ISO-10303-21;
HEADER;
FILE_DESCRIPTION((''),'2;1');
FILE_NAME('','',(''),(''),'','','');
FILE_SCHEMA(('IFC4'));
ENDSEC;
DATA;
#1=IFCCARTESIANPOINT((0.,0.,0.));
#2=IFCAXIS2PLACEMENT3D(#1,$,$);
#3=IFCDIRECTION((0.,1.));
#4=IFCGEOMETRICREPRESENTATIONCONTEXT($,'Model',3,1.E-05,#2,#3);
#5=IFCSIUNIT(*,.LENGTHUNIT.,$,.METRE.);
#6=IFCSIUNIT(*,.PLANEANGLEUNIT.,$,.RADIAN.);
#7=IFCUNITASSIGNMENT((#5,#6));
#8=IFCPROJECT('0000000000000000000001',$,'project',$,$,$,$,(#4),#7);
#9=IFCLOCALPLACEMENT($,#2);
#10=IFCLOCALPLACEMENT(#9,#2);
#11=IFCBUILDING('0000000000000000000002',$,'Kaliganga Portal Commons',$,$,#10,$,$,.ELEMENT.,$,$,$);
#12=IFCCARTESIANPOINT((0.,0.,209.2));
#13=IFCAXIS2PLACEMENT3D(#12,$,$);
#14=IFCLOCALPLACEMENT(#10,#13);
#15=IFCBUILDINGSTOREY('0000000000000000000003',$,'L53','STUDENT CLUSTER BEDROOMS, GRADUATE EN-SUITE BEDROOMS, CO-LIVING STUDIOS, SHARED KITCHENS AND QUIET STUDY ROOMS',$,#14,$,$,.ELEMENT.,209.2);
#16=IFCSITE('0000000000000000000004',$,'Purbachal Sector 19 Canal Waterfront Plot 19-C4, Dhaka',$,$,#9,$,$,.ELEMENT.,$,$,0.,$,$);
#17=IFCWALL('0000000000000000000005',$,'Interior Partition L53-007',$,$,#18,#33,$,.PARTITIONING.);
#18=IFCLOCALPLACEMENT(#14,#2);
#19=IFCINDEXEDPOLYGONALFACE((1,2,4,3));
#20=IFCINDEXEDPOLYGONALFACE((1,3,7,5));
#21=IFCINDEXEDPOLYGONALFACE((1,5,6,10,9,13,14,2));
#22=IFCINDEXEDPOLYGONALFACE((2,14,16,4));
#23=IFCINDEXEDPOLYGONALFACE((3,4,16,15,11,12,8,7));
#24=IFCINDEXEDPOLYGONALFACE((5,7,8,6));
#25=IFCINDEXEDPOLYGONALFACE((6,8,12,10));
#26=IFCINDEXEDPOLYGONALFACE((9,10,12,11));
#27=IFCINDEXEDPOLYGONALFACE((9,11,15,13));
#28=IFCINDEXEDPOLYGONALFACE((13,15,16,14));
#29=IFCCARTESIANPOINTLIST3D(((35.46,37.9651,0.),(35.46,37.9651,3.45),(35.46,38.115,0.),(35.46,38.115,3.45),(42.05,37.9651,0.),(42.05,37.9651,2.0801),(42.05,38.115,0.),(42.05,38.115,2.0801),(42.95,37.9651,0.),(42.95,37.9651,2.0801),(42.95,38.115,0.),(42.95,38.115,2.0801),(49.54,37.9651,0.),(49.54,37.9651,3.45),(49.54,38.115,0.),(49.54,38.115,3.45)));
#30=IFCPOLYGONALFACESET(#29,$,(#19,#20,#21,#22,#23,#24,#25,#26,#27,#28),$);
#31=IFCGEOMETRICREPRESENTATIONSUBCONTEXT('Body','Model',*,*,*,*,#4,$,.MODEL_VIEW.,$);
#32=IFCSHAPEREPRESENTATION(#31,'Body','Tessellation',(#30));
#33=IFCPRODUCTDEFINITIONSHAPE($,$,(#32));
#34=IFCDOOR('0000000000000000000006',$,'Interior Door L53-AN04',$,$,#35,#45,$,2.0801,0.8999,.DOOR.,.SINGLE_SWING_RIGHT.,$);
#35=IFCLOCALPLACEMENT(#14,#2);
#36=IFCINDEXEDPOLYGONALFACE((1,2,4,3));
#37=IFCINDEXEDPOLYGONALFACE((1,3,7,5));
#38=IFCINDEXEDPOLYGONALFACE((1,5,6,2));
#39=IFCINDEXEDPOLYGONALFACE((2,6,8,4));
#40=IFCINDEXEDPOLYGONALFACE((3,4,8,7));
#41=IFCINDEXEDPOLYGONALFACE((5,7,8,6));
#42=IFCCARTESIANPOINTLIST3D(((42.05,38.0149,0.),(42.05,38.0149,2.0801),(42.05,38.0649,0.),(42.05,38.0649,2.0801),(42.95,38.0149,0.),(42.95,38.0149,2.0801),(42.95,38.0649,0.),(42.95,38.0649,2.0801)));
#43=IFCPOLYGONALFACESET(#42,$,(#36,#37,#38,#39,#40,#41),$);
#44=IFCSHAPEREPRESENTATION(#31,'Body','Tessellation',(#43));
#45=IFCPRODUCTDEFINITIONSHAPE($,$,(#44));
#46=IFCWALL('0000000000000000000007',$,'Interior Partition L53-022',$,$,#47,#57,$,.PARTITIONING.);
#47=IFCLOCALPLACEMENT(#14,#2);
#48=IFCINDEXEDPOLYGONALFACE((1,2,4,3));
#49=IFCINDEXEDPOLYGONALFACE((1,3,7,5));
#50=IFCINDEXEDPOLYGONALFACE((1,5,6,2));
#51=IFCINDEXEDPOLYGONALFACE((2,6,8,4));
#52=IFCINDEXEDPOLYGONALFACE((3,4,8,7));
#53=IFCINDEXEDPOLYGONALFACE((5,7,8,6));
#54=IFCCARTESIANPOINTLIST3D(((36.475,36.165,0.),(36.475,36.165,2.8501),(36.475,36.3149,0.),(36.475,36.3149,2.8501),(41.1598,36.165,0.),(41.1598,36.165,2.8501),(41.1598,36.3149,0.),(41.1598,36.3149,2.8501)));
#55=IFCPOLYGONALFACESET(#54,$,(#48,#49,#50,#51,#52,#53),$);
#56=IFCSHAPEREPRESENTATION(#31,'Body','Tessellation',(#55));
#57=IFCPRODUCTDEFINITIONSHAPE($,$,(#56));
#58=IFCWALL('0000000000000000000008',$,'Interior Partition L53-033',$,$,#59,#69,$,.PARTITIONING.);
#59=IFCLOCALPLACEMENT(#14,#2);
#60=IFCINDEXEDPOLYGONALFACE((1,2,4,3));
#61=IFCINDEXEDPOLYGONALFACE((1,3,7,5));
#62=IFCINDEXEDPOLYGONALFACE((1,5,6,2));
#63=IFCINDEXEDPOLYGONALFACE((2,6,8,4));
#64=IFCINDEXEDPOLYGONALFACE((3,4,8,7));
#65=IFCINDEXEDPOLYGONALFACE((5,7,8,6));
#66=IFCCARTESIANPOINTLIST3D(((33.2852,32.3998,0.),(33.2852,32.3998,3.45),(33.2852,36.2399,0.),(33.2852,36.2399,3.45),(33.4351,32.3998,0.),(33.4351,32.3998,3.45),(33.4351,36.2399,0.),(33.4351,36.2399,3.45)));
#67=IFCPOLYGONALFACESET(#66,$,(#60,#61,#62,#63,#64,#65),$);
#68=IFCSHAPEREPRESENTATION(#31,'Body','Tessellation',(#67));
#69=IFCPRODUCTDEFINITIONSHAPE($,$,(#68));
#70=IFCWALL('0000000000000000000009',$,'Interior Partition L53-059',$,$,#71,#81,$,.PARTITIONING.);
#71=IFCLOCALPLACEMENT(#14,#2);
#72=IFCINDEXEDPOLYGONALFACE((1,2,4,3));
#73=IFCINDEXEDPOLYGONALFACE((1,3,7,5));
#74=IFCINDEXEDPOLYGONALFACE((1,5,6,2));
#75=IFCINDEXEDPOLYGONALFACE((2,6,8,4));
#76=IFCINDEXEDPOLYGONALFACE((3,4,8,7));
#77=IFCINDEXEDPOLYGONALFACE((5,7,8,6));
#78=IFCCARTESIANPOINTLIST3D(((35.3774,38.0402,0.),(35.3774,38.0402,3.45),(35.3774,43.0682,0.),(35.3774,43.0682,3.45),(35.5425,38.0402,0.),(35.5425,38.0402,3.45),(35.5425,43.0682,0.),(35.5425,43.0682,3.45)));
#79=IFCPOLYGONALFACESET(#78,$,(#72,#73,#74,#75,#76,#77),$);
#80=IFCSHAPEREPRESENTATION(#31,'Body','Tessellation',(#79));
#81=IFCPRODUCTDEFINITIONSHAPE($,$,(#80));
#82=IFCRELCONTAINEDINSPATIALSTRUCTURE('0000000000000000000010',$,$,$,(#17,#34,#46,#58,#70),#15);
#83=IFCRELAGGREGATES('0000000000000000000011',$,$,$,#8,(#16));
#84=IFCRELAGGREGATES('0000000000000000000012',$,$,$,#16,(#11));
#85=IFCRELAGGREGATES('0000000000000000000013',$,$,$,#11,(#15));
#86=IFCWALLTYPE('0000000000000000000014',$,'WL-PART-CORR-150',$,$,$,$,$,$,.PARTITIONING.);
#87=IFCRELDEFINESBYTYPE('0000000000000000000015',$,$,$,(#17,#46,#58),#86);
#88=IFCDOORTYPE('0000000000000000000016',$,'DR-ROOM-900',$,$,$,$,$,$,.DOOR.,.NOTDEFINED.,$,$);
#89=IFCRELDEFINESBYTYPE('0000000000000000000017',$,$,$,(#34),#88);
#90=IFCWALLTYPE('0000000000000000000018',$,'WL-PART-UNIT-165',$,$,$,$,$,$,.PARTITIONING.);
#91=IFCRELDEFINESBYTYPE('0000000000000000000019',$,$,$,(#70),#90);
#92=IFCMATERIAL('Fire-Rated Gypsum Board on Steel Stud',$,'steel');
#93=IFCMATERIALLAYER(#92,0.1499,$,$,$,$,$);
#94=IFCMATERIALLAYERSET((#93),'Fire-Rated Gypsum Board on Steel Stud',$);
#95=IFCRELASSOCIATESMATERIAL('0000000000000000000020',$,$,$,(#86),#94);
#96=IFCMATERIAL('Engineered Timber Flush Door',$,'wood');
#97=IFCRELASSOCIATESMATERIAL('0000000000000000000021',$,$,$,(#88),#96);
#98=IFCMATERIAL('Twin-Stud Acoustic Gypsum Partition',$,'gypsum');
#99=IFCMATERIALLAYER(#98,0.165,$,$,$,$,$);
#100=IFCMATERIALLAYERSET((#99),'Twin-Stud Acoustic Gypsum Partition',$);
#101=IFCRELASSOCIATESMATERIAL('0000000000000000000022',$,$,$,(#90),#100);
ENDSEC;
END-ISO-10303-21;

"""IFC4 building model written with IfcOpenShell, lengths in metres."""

from ifc_helpers import new_model, si_unit, direction, frame, frame_2d, origin, place, context, subcontext, project, spatial, rectangle, extrude, material, layer, layer_set, type_object, element, fill, save


model = new_model("IFC4")

# Units and contexts
model_context = context("Model", 3, precision=1e-05, world=origin(), true_north=direction((0.0, 1.0)))
body_context = subcontext(model_context, "Body", "Model", "MODEL_VIEW")
ifc_project = project(units=[si_unit("LENGTHUNIT", "METRE"), si_unit("PLANEANGLEUNIT", "RADIAN")], contexts=[model_context])

# Site, building, storey
site_placement = place(None, origin())
site = spatial("IfcSite", under=ifc_project, at=site_placement, Name="Purbachal Sector 19 Canal Waterfront Plot 19-C4, Dhaka", CompositionType="ELEMENT", RefElevation=0.0)
building_placement = place(site_placement, origin())
building = spatial("IfcBuilding", under=site, at=building_placement, Name="Kaliganga Portal Commons", CompositionType="ELEMENT")
storey_placement = place(building_placement, frame((0.0, 0.0, 209.2)))
storey = spatial("IfcBuildingStorey", under=building, at=storey_placement, Name="L53", Description="STUDENT CLUSTER BEDROOMS, GRADUATE EN-SUITE BEDROOMS, CO-LIVING STUDIOS, SHARED KITCHENS AND QUIET STUDY ROOMS", CompositionType="ELEMENT", Elevation=209.2)

# Wall, opening, door
ifc_material_1 = material(Name="Fire-Rated Gypsum Board on Steel Stud", Category="steel")
ifc_layer_1 = layer(ifc_material_1, 0.1499)
ifc_layer_set_1 = layer_set([ifc_layer_1], Name="Fire-Rated Gypsum Board on Steel Stud")
wall_type_1 = type_object("IfcWallType", Name="WL-PART-CORR-150", PredefinedType="PARTITIONING", material=ifc_layer_set_1)
wall_1_placement = place(storey_placement, frame((35.46, 38.04, 0.0), z_axis=(0.0, 0.0, 1.0), x_axis=(1.0, 0.0, 0.0)))
wall_1 = element("IfcWall", 1, at=wall_1_placement, inside=storey, type_object=wall_type_1, Name="Interior Partition L53-007", PredefinedType="PARTITIONING", context=body_context, shape_type="SweptSolid", body=[
    extrude(rectangle(XDim=14.0801, YDim=0.1499, at=frame_2d((7.04, 0.0))), origin(), (0.0, 0.0, 1.0), 3.45),
])
opening_1_placement = place(wall_1_placement, frame((6.5901, 0.0, 0.0)))
opening_1 = element("IfcOpeningElement", 2, at=opening_1_placement, cuts=wall_1, PredefinedType="OPENING", context=body_context, shape_type="SweptSolid", body=[
    extrude(rectangle(XDim=0.8999, YDim=2.0801, at=frame_2d((0.45, 1.04))), frame((0.0, 0.085, 0.0), z_axis=(0.0, -1.0, 0.0), x_axis=(1.0, 0.0, 0.0)), (0.0, 0.0, 1.0), 0.1699),
])
ifc_material_2 = material(Name="Engineered Timber Flush Door", Category="wood")
door_type_1 = type_object("IfcDoorType", Name="DR-ROOM-900", OperationType="NOTDEFINED", PredefinedType="DOOR", material=ifc_material_2)
door_1_placement = place(opening_1_placement, origin())
door_1 = element("IfcDoor", 3, at=door_1_placement, inside=storey, type_object=door_type_1, Name="Interior Door L53-AN04", OperationType="SINGLE_SWING_RIGHT", OverallHeight=2.0801, OverallWidth=0.8999, PredefinedType="DOOR", context=body_context, shape_type="SweptSolid", body=[
    extrude(rectangle(XDim=0.8999, YDim=2.0801, at=frame_2d((0.45, 1.04))), frame((0.0, 0.0249, 0.0), z_axis=(0.0, -1.0, 0.0), x_axis=(1.0, 0.0, 0.0)), (0.0, 0.0, 1.0), 0.05),
])
fill(opening_1, door_1)

# Wall
wall_2_placement = place(storey_placement, frame((36.4751, 36.24, 0.0), z_axis=(0.0, 0.0, 1.0), x_axis=(1.0, 0.0, 0.0)))
element("IfcWall", 4, at=wall_2_placement, inside=storey, type_object=wall_type_1, Name="Interior Partition L53-022", PredefinedType="PARTITIONING", context=body_context, shape_type="SweptSolid", body=[
    extrude(rectangle(XDim=4.6848, YDim=0.1499, at=frame_2d((2.3423, 0.0))), origin(), (0.0, 0.0, 1.0), 2.8501),
])

# Walls
wall_3_placement = place(storey_placement, frame((33.3601, 32.3999, 0.0), z_axis=(0.0, 0.0, 1.0), x_axis=(0.0, 1.0, 0.0)))
element("IfcWall", 5, at=wall_3_placement, inside=storey, type_object=wall_type_1, Name="Interior Partition L53-033", PredefinedType="PARTITIONING", context=body_context, shape_type="SweptSolid", body=[
    extrude(rectangle(XDim=3.8401, YDim=0.1499, at=frame_2d((1.9199, 0.0))), origin(), (0.0, 0.0, 1.0), 3.45),
])
ifc_material_3 = material(Name="Twin-Stud Acoustic Gypsum Partition", Category="gypsum")
ifc_layer_2 = layer(ifc_material_3, 0.165)
ifc_layer_set_2 = layer_set([ifc_layer_2], Name="Twin-Stud Acoustic Gypsum Partition")
wall_type_2 = type_object("IfcWallType", Name="WL-PART-UNIT-165", PredefinedType="PARTITIONING", material=ifc_layer_set_2)
wall_4_placement = place(storey_placement, frame((35.46, 38.04, 0.0), z_axis=(0.0, 0.0, 1.0), x_axis=(0.0, 1.0, 0.0)))
element("IfcWall", 6, at=wall_4_placement, inside=storey, type_object=wall_type_2, Name="Interior Partition L53-059", PredefinedType="PARTITIONING", context=body_context, shape_type="SweptSolid", body=[
    extrude(rectangle(XDim=5.0281, YDim=0.165, at=frame_2d((2.5142, 0.0))), origin(), (0.0, 0.0, 1.0), 3.45),
])

save(model, "model.ifc")
